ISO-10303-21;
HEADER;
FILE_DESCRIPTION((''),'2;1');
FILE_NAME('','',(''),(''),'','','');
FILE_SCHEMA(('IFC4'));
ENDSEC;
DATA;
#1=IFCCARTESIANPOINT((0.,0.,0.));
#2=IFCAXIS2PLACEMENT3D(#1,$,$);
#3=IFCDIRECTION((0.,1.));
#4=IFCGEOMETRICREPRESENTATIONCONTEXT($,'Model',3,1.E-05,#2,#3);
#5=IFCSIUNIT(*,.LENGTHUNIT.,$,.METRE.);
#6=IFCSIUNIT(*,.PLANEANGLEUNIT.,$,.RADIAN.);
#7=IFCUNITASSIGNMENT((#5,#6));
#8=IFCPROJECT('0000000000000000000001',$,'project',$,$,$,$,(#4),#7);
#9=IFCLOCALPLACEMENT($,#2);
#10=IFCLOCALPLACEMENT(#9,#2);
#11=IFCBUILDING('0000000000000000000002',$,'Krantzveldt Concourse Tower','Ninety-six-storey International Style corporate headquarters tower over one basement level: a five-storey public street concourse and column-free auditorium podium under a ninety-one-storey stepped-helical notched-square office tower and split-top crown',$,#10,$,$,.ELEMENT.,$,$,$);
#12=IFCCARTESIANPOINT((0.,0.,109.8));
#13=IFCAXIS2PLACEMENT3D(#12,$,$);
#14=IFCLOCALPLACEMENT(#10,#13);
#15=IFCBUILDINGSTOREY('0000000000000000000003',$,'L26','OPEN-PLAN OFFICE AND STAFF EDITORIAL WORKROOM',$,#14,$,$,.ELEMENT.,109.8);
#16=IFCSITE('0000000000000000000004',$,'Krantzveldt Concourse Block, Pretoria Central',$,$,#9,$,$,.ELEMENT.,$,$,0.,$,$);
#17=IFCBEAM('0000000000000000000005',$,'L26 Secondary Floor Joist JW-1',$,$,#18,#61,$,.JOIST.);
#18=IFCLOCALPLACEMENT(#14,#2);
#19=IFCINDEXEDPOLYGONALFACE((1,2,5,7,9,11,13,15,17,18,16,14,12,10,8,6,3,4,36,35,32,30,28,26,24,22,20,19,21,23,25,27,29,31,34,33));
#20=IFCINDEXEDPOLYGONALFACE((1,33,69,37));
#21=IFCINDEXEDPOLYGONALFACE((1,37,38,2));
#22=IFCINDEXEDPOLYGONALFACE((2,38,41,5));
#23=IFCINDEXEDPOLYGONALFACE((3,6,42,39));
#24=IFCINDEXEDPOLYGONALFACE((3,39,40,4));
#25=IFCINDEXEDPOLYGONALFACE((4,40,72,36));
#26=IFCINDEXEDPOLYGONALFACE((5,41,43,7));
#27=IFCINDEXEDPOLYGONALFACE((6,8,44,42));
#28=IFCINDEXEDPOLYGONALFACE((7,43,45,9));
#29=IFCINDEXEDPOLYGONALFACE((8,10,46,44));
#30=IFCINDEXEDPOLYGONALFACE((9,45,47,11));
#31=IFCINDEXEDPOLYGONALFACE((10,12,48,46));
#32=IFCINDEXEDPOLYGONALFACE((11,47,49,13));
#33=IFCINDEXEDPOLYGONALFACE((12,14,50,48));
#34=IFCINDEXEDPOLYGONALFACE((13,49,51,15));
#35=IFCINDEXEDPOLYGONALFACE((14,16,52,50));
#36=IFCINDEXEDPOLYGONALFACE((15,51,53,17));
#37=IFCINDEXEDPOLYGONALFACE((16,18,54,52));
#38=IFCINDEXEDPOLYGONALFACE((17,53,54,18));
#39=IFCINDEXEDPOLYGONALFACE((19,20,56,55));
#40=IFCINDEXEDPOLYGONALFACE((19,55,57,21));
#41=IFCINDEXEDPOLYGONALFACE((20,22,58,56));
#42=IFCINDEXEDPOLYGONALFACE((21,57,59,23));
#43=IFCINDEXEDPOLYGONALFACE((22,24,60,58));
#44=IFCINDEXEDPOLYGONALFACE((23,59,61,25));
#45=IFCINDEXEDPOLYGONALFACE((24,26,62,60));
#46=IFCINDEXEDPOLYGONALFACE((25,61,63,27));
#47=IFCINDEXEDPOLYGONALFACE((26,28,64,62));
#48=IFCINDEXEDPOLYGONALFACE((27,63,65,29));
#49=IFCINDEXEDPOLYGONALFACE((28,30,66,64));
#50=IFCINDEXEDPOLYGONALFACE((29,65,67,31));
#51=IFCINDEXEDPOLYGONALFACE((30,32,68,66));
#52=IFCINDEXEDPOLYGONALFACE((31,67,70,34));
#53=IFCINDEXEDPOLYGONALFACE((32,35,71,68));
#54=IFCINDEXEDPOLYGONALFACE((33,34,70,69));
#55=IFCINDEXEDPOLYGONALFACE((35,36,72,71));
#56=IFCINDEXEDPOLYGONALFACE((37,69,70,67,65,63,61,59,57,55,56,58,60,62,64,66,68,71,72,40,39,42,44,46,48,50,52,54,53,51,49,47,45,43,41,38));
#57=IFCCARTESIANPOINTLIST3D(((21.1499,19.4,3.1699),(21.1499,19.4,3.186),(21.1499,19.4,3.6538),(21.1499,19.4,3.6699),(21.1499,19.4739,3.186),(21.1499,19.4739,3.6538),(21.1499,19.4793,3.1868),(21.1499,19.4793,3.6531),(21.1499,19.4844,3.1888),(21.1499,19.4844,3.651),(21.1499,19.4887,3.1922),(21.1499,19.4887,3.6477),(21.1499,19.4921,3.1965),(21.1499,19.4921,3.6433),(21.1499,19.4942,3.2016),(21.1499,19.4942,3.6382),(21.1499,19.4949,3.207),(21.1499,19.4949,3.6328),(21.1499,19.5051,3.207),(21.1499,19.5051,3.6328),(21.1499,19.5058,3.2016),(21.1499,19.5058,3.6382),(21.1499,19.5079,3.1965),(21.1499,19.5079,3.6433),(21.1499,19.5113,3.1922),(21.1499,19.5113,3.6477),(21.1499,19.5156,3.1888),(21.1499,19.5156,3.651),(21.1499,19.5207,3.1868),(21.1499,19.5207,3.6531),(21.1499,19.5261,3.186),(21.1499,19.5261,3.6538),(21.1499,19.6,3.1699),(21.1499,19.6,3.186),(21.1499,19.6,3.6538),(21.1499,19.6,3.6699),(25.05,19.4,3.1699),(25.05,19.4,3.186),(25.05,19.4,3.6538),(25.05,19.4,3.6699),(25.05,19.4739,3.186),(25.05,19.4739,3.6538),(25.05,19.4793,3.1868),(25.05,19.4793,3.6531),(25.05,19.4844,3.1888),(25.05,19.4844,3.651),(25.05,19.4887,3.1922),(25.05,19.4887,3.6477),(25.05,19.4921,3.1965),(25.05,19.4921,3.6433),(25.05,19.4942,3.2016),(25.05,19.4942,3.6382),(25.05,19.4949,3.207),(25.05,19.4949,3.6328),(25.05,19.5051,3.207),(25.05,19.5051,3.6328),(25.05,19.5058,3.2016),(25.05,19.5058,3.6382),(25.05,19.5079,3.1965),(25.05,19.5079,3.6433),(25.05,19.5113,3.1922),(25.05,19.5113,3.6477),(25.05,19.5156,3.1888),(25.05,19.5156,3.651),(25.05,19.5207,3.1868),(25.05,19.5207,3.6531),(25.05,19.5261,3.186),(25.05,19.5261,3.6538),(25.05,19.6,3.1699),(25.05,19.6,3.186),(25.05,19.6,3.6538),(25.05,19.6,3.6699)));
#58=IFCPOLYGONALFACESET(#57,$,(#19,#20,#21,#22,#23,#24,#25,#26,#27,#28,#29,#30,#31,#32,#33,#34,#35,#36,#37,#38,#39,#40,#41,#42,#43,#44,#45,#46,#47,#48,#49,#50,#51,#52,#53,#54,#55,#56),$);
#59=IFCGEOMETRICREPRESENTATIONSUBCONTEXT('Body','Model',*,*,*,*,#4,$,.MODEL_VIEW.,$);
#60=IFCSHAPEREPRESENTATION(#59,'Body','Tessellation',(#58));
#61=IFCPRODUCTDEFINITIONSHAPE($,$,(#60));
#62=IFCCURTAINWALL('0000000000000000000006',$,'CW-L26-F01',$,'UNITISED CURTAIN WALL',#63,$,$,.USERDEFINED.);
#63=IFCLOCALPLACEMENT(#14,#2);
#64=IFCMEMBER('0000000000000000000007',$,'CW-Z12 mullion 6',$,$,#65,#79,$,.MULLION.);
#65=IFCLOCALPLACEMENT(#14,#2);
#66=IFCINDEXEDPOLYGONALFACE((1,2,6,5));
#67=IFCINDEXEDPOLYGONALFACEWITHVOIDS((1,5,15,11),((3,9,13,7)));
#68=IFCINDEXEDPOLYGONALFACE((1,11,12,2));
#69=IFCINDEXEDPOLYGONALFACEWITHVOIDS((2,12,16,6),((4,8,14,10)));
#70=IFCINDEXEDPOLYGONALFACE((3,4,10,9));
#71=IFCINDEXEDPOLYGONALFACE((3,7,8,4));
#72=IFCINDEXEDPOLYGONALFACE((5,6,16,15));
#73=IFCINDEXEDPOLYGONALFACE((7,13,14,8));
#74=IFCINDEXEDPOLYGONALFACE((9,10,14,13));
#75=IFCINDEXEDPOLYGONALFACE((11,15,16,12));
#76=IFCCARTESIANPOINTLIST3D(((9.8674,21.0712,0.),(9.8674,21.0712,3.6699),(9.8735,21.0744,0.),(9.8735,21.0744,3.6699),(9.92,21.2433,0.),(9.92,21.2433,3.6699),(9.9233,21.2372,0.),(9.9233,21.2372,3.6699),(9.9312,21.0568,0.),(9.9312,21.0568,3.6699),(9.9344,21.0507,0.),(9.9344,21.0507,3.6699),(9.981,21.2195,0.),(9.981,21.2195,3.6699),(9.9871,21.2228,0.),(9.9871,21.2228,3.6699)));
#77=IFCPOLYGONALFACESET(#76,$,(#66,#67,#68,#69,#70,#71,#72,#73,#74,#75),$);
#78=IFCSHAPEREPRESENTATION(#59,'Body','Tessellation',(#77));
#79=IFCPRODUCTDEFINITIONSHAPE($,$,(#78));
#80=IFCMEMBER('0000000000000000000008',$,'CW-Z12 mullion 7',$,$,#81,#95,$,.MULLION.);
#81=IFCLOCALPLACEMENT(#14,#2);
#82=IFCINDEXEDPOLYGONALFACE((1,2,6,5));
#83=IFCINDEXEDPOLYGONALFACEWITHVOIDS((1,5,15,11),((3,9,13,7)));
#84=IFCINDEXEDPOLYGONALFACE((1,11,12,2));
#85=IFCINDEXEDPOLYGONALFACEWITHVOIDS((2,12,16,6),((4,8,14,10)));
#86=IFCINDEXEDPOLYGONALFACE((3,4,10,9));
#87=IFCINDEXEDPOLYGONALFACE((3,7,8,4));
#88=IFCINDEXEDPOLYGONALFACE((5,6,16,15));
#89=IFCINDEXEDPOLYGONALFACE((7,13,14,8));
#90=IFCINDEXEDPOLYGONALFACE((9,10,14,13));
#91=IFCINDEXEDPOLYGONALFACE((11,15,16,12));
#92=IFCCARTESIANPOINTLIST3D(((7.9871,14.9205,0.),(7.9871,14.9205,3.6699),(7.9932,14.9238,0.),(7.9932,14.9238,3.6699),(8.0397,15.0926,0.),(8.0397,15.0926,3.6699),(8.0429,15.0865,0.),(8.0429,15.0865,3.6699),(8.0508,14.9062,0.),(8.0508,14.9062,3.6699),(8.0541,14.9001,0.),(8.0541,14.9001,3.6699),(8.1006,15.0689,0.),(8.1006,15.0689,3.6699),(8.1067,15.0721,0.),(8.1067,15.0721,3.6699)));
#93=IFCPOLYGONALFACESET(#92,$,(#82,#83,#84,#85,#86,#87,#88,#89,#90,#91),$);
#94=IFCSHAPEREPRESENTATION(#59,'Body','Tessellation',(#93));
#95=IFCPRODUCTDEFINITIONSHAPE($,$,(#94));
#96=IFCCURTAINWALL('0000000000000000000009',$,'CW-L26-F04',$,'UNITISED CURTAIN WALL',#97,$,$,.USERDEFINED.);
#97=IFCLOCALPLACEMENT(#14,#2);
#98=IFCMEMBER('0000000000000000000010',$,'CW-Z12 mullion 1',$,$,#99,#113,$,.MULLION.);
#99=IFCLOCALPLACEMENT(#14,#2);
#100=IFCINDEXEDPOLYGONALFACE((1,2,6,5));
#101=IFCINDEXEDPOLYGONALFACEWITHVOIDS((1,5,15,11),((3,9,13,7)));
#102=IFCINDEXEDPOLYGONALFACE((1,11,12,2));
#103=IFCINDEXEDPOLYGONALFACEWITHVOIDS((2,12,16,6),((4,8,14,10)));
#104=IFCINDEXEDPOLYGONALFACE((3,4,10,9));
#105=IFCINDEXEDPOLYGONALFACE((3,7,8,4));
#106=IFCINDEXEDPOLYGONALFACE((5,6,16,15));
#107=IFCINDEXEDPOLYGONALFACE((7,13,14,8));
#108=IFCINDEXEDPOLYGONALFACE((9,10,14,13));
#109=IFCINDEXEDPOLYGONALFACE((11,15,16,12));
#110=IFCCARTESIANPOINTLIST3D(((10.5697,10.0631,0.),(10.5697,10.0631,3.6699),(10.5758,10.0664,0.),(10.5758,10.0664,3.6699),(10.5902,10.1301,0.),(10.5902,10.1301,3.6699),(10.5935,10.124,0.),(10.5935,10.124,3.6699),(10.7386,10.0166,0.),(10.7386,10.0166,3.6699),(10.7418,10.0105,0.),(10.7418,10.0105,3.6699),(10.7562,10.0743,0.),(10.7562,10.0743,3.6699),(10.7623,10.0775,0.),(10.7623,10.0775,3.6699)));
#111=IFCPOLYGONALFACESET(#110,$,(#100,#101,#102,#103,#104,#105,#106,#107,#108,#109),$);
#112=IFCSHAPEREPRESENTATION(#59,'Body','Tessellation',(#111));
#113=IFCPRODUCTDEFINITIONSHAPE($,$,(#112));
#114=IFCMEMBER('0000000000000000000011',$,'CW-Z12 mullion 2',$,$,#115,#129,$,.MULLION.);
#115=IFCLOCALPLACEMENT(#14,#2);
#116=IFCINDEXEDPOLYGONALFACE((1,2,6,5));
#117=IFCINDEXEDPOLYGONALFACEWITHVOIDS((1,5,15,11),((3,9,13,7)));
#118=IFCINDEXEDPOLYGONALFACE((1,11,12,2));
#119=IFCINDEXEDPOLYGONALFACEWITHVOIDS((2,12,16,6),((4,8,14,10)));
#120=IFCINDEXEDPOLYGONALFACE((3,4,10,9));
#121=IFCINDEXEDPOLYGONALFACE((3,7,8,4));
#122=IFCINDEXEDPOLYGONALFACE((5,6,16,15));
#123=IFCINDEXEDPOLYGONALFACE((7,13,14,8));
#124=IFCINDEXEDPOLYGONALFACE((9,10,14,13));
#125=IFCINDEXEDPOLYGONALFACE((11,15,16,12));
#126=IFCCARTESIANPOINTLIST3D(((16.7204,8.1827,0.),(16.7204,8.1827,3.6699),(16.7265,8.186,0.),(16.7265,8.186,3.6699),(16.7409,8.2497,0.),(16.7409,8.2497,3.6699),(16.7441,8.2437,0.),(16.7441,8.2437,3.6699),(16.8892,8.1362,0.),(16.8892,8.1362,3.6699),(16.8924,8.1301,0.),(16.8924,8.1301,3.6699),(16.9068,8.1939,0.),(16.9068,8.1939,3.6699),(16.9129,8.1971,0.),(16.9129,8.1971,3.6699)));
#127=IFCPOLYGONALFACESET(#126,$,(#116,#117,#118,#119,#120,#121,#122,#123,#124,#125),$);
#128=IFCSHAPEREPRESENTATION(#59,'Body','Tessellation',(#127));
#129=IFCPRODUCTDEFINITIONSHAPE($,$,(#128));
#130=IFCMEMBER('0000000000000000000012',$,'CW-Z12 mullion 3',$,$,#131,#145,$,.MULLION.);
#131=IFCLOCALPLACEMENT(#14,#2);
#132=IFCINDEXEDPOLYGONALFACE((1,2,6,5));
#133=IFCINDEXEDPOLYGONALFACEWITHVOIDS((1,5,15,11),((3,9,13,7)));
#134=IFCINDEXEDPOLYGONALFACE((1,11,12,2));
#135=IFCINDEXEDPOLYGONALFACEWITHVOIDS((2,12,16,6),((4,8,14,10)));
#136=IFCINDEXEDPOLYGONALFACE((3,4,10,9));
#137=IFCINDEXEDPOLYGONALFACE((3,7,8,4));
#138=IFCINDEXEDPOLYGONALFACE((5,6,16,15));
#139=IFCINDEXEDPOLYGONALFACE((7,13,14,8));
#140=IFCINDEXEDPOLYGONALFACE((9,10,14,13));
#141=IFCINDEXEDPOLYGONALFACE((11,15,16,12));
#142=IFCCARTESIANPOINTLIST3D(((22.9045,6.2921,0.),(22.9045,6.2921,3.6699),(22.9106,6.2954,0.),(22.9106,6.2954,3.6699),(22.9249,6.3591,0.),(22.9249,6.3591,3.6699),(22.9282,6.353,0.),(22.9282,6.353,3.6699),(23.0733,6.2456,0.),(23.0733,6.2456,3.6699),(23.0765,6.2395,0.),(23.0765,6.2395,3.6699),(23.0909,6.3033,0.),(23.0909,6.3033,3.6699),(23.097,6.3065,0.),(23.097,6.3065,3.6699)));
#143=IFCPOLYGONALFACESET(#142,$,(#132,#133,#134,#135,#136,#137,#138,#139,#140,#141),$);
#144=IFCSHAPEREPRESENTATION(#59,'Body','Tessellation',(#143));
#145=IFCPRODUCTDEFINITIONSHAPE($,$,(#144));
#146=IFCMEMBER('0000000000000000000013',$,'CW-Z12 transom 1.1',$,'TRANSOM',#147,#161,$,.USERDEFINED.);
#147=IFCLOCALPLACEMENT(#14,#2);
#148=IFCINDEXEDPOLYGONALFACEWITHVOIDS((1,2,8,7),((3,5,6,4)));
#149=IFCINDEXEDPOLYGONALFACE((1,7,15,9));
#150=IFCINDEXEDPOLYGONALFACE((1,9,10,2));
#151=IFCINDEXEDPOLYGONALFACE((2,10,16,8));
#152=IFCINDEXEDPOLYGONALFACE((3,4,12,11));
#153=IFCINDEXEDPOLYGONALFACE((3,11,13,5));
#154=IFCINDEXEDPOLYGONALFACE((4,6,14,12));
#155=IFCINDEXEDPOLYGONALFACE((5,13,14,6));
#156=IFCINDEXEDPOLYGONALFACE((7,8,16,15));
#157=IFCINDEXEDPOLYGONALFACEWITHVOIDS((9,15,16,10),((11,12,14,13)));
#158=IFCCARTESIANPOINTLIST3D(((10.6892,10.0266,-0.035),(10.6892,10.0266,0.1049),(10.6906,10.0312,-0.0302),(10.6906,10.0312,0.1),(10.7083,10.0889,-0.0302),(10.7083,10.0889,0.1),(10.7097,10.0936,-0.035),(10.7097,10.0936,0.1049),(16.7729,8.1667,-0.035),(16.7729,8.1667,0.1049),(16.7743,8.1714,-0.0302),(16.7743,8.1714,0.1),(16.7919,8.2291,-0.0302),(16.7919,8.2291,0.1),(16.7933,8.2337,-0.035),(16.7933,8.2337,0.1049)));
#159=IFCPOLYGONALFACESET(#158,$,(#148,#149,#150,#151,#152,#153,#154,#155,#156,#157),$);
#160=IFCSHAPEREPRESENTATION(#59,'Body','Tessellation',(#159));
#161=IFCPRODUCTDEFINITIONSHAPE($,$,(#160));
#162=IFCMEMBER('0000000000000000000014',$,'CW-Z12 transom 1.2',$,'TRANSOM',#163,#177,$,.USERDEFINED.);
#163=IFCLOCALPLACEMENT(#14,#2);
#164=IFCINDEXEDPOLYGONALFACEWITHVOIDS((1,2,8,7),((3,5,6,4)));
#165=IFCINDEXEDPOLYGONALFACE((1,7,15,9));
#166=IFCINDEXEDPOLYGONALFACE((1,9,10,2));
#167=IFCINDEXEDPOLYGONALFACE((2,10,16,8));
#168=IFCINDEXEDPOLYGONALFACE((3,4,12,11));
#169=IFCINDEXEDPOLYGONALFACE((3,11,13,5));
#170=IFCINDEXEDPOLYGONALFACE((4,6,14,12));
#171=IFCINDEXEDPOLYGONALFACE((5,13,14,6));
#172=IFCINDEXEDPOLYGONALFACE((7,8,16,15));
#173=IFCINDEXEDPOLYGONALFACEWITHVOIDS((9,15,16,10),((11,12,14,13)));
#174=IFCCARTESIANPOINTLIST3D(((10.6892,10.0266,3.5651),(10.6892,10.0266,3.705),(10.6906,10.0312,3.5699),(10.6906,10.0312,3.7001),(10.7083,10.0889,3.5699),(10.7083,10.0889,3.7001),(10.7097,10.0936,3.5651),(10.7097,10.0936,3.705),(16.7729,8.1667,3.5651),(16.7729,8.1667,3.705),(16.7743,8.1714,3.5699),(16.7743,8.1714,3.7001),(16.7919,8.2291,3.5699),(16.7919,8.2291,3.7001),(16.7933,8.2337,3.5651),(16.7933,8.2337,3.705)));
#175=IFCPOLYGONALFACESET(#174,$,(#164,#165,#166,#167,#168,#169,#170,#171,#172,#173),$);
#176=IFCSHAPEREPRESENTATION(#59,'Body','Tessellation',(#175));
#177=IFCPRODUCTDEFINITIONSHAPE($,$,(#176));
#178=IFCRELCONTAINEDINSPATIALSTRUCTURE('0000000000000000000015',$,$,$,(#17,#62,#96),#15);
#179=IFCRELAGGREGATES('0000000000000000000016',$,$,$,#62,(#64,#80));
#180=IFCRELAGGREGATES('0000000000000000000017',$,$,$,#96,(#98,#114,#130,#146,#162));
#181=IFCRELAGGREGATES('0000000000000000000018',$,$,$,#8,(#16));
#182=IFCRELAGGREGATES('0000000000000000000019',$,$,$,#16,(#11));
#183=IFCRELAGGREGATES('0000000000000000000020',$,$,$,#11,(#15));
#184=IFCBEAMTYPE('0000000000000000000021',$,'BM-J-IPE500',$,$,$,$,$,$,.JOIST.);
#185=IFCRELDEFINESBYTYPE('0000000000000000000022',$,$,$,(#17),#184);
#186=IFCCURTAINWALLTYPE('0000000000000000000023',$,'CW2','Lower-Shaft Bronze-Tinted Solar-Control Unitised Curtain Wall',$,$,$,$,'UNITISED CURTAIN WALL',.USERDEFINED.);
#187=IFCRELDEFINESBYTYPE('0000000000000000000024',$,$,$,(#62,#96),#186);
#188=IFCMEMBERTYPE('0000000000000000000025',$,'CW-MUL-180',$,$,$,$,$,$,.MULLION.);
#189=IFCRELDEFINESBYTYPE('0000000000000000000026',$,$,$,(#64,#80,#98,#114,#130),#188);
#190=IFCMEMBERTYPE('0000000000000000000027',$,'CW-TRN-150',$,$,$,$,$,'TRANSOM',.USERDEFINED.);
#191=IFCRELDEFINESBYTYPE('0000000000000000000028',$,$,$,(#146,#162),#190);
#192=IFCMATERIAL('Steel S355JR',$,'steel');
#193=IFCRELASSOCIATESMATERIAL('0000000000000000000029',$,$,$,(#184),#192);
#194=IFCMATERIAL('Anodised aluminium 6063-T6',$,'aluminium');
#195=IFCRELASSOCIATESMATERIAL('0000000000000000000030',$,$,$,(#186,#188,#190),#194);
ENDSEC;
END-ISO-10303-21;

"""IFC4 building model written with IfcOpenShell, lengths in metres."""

from ifc_helpers import new_model, si_unit, direction, frame, origin, origin_2d, place, context, subcontext, project, spatial, hollow_rectangle, i_section, extrude, source, transform, mapped, material, material_profile, profile_set, type_object, type_shapes, element, aggregate, save


model = new_model("IFC4")

# Units and contexts
model_context = context("Model", 3, precision=1e-05, world=origin(), true_north=direction((0.0, 1.0)))
body_context = subcontext(model_context, "Body", "Model", "MODEL_VIEW")
ifc_project = project(units=[si_unit("LENGTHUNIT", "METRE"), si_unit("PLANEANGLEUNIT", "RADIAN")], contexts=[model_context])

# Site, building, storey
site_placement = place(None, origin())
site = spatial("IfcSite", under=ifc_project, at=site_placement, Name="Krantzveldt Concourse Block, Pretoria Central", CompositionType="ELEMENT", RefElevation=0.0)
building_placement = place(site_placement, origin())
building = spatial("IfcBuilding", under=site, at=building_placement, Name="Krantzveldt Concourse Tower", Description="Ninety-six-storey International Style corporate headquarters tower over one basement level: a five-storey public street concourse and column-free auditorium podium under a ninety-one-storey stepped-helical notched-square office tower and split-top crown", CompositionType="ELEMENT")
storey_placement = place(building_placement, frame((0.0, 0.0, 109.8)))
storey = spatial("IfcBuildingStorey", under=building, at=storey_placement, Name="L26", Description="OPEN-PLAN OFFICE AND STAFF EDITORIAL WORKROOM", CompositionType="ELEMENT", Elevation=109.8)

# Beam
ifc_material_1 = material(Name="Steel S355JR", Category="steel")
ifc_material_profile_1 = material_profile(ifc_material_1, i_section(OverallWidth=0.2, OverallDepth=0.5, WebThickness=0.0103, FlangeThickness=0.0161, FilletRadius=0.021, at=origin_2d()), Name="Steel S355JR", Category="steel")
ifc_profile_set_1 = profile_set([ifc_material_profile_1], Name="Steel S355JR - IPE 500")
beam_type_1 = type_object("IfcBeamType", Name="BM-J-IPE500", PredefinedType="JOIST", material=ifc_profile_set_1)
shared_shape_1 = source(origin(), body_context, "Body", "SweptSolid", [
    extrude(i_section(OverallWidth=0.2, OverallDepth=0.5, WebThickness=0.0103, FlangeThickness=0.0161, FilletRadius=0.021, at=origin_2d()), origin(), (0.0, 0.0, 1.0), 3.9001),
])
type_shapes(beam_type_1, [shared_shape_1])
beam_1_placement = place(storey_placement, frame((21.1499, 19.5, 3.4199), z_axis=(1.0, 0.0, 0.0), x_axis=(0.0, 1.0, 0.0)))
element("IfcBeam", 1, at=beam_1_placement, inside=storey, type_object=beam_type_1, Name="L26 Secondary Floor Joist JW-1", PredefinedType="JOIST", context=body_context, shape_type="MappedRepresentation", body=[
    mapped(shared_shape_1, transform((0.0, 0.0, 0.0), x_axis=(1.0, 0.0, 0.0), y_axis=(0.0, 1.0, 0.0), z_axis=(0.0, 0.0, 1.0), scale=1.0)),
])

# Curtain walls, members
ifc_material_2 = material(Name="Anodised aluminium 6063-T6", Category="aluminium")
curtain_wall_type = type_object("IfcCurtainWallType", Name="CW2", Description="Lower-Shaft Bronze-Tinted Solar-Control Unitised Curtain Wall", ElementType="UNITISED CURTAIN WALL", PredefinedType="USERDEFINED", material=ifc_material_2)
curtain_wall_1_placement = place(storey_placement, origin())
curtain_wall_1 = element("IfcCurtainWall", 2, at=curtain_wall_1_placement, inside=storey, type_object=curtain_wall_type, Name="CW-L26-F01", ObjectType="UNITISED CURTAIN WALL", PredefinedType="USERDEFINED")
ifc_material_profile_2 = material_profile(ifc_material_2, hollow_rectangle(XDim=0.0701, YDim=0.1799, WallThickness=0.0049, at=origin_2d()), Name="Anodised aluminium 6063-T6", Category="aluminium")
ifc_profile_set_2 = profile_set([ifc_material_profile_2], Name="Anodised aluminium 6063-T6 - ALU-MULL 180x70x5")
member_type_1 = type_object("IfcMemberType", Name="CW-MUL-180", PredefinedType="MULLION", material=ifc_profile_set_2)
shared_shape_2 = source(origin(), body_context, "Body", "SweptSolid", [
    extrude(hollow_rectangle(XDim=0.0701, YDim=0.1799, WallThickness=0.0049, at=origin_2d()), origin(), (0.0, 0.0, 1.0), 3.6699),
])
type_shapes(member_type_1, [shared_shape_2])
member_1_placement = place(storey_placement, frame((9.9272, 21.147, 0.0), z_axis=(0.0, 0.0, 1.0), x_axis=(0.956305, -0.292372, 0.0)))
member_1 = element("IfcMember", 3, at=member_1_placement, type_object=member_type_1, Name="CW-Z12 mullion 6", PredefinedType="MULLION", context=body_context, shape_type="MappedRepresentation", body=[
    mapped(shared_shape_2, transform((0.0, 0.0, 0.0), x_axis=(1.0, 0.0, 0.0), y_axis=(0.0, 1.0, 0.0), z_axis=(0.0, 0.0, 1.0), scale=1.0)),
])
member_2_placement = place(storey_placement, frame((8.0469, 14.9963, 0.0), z_axis=(0.0, 0.0, 1.0), x_axis=(0.956305, -0.292372, 0.0)))
member_2 = element("IfcMember", 4, at=member_2_placement, type_object=member_type_1, Name="CW-Z12 mullion 7", PredefinedType="MULLION", context=body_context, shape_type="MappedRepresentation", body=[
    mapped(shared_shape_2, transform((0.0, 0.0, 0.0), x_axis=(1.0, 0.0, 0.0), y_axis=(0.0, 1.0, 0.0), z_axis=(0.0, 0.0, 1.0), scale=1.0)),
])
curtain_wall_2_placement = place(storey_placement, origin())
curtain_wall_2 = element("IfcCurtainWall", 5, at=curtain_wall_2_placement, inside=storey, type_object=curtain_wall_type, Name="CW-L26-F04", ObjectType="UNITISED CURTAIN WALL", PredefinedType="USERDEFINED")
member_3_placement = place(storey_placement, frame((10.666, 10.0703, 0.0), z_axis=(0.0, 0.0, 1.0), x_axis=(0.292372, 0.956305, 0.0)))
member_3 = element("IfcMember", 6, at=member_3_placement, type_object=member_type_1, Name="CW-Z12 mullion 1", PredefinedType="MULLION", context=body_context, shape_type="MappedRepresentation", body=[
    mapped(shared_shape_2, transform((0.0, 0.0, 0.0), x_axis=(1.0, 0.0, 0.0), y_axis=(0.0, 1.0, 0.0), z_axis=(0.0, 0.0, 1.0), scale=1.0)),
])
member_4_placement = place(storey_placement, frame((16.8167, 8.1899, 0.0), z_axis=(0.0, 0.0, 1.0), x_axis=(0.292372, 0.956305, 0.0)))
member_4 = element("IfcMember", 7, at=member_4_placement, type_object=member_type_1, Name="CW-Z12 mullion 2", PredefinedType="MULLION", context=body_context, shape_type="MappedRepresentation", body=[
    mapped(shared_shape_2, transform((0.0, 0.0, 0.0), x_axis=(1.0, 0.0, 0.0), y_axis=(0.0, 1.0, 0.0), z_axis=(0.0, 0.0, 1.0), scale=1.0)),
])
member_5_placement = place(storey_placement, frame((23.0007, 6.2993, 0.0), z_axis=(0.0, 0.0, 1.0), x_axis=(0.292372, 0.956305, 0.0)))
member_5 = element("IfcMember", 8, at=member_5_placement, type_object=member_type_1, Name="CW-Z12 mullion 3", PredefinedType="MULLION", context=body_context, shape_type="MappedRepresentation", body=[
    mapped(shared_shape_2, transform((0.0, 0.0, 0.0), x_axis=(1.0, 0.0, 0.0), y_axis=(0.0, 1.0, 0.0), z_axis=(0.0, 0.0, 1.0), scale=1.0)),
])
ifc_material_profile_3 = material_profile(ifc_material_2, hollow_rectangle(XDim=0.0701, YDim=0.1399, WallThickness=0.0049, at=origin_2d()), Name="Anodised aluminium 6063-T6", Category="aluminium")
ifc_profile_set_3 = profile_set([ifc_material_profile_3], Name="Anodised aluminium 6063-T6 - ALU-TRAN 140x70x5")
member_type_2 = type_object("IfcMemberType", Name="CW-TRN-150", ElementType="TRANSOM", PredefinedType="USERDEFINED", material=ifc_profile_set_3)
shared_shape_3 = source(origin(), body_context, "Body", "SweptSolid", [
    extrude(hollow_rectangle(XDim=0.0701, YDim=0.1399, WallThickness=0.0049, at=origin_2d()), origin(), (0.0, 0.0, 1.0), 6.3616),
])
member_6_placement = place(storey_placement, frame((10.6995, 10.0601, 0.0349), z_axis=(0.95631, -0.292354, 0.0), x_axis=(0.292354, 0.95631, 0.0)))
member_6 = element("IfcMember", 9, at=member_6_placement, type_object=member_type_2, Name="CW-Z12 transom 1.1", ObjectType="TRANSOM", PredefinedType="USERDEFINED", context=body_context, shape_type="MappedRepresentation", body=[
    mapped(shared_shape_3, transform((0.0, 0.0, 0.0), x_axis=(1.0, 0.0, 0.0), y_axis=(0.0, 1.0, 0.0), z_axis=(0.0, 0.0, 1.0), scale=1.0)),
])
member_7_placement = place(storey_placement, frame((10.6995, 10.0601, 3.635), z_axis=(0.95631, -0.292354, 0.0), x_axis=(0.292354, 0.95631, 0.0)))
member_7 = element("IfcMember", 10, at=member_7_placement, type_object=member_type_2, Name="CW-Z12 transom 1.2", ObjectType="TRANSOM", PredefinedType="USERDEFINED", context=body_context, shape_type="MappedRepresentation", body=[
    mapped(shared_shape_3, transform((0.0, 0.0, 0.0), x_axis=(1.0, 0.0, 0.0), y_axis=(0.0, 1.0, 0.0), z_axis=(0.0, 0.0, 1.0), scale=1.0)),
])

aggregate(curtain_wall_1, [member_1, member_2])
aggregate(curtain_wall_2, [member_3, member_4, member_5, member_6, member_7])

save(model, "model.ifc")
